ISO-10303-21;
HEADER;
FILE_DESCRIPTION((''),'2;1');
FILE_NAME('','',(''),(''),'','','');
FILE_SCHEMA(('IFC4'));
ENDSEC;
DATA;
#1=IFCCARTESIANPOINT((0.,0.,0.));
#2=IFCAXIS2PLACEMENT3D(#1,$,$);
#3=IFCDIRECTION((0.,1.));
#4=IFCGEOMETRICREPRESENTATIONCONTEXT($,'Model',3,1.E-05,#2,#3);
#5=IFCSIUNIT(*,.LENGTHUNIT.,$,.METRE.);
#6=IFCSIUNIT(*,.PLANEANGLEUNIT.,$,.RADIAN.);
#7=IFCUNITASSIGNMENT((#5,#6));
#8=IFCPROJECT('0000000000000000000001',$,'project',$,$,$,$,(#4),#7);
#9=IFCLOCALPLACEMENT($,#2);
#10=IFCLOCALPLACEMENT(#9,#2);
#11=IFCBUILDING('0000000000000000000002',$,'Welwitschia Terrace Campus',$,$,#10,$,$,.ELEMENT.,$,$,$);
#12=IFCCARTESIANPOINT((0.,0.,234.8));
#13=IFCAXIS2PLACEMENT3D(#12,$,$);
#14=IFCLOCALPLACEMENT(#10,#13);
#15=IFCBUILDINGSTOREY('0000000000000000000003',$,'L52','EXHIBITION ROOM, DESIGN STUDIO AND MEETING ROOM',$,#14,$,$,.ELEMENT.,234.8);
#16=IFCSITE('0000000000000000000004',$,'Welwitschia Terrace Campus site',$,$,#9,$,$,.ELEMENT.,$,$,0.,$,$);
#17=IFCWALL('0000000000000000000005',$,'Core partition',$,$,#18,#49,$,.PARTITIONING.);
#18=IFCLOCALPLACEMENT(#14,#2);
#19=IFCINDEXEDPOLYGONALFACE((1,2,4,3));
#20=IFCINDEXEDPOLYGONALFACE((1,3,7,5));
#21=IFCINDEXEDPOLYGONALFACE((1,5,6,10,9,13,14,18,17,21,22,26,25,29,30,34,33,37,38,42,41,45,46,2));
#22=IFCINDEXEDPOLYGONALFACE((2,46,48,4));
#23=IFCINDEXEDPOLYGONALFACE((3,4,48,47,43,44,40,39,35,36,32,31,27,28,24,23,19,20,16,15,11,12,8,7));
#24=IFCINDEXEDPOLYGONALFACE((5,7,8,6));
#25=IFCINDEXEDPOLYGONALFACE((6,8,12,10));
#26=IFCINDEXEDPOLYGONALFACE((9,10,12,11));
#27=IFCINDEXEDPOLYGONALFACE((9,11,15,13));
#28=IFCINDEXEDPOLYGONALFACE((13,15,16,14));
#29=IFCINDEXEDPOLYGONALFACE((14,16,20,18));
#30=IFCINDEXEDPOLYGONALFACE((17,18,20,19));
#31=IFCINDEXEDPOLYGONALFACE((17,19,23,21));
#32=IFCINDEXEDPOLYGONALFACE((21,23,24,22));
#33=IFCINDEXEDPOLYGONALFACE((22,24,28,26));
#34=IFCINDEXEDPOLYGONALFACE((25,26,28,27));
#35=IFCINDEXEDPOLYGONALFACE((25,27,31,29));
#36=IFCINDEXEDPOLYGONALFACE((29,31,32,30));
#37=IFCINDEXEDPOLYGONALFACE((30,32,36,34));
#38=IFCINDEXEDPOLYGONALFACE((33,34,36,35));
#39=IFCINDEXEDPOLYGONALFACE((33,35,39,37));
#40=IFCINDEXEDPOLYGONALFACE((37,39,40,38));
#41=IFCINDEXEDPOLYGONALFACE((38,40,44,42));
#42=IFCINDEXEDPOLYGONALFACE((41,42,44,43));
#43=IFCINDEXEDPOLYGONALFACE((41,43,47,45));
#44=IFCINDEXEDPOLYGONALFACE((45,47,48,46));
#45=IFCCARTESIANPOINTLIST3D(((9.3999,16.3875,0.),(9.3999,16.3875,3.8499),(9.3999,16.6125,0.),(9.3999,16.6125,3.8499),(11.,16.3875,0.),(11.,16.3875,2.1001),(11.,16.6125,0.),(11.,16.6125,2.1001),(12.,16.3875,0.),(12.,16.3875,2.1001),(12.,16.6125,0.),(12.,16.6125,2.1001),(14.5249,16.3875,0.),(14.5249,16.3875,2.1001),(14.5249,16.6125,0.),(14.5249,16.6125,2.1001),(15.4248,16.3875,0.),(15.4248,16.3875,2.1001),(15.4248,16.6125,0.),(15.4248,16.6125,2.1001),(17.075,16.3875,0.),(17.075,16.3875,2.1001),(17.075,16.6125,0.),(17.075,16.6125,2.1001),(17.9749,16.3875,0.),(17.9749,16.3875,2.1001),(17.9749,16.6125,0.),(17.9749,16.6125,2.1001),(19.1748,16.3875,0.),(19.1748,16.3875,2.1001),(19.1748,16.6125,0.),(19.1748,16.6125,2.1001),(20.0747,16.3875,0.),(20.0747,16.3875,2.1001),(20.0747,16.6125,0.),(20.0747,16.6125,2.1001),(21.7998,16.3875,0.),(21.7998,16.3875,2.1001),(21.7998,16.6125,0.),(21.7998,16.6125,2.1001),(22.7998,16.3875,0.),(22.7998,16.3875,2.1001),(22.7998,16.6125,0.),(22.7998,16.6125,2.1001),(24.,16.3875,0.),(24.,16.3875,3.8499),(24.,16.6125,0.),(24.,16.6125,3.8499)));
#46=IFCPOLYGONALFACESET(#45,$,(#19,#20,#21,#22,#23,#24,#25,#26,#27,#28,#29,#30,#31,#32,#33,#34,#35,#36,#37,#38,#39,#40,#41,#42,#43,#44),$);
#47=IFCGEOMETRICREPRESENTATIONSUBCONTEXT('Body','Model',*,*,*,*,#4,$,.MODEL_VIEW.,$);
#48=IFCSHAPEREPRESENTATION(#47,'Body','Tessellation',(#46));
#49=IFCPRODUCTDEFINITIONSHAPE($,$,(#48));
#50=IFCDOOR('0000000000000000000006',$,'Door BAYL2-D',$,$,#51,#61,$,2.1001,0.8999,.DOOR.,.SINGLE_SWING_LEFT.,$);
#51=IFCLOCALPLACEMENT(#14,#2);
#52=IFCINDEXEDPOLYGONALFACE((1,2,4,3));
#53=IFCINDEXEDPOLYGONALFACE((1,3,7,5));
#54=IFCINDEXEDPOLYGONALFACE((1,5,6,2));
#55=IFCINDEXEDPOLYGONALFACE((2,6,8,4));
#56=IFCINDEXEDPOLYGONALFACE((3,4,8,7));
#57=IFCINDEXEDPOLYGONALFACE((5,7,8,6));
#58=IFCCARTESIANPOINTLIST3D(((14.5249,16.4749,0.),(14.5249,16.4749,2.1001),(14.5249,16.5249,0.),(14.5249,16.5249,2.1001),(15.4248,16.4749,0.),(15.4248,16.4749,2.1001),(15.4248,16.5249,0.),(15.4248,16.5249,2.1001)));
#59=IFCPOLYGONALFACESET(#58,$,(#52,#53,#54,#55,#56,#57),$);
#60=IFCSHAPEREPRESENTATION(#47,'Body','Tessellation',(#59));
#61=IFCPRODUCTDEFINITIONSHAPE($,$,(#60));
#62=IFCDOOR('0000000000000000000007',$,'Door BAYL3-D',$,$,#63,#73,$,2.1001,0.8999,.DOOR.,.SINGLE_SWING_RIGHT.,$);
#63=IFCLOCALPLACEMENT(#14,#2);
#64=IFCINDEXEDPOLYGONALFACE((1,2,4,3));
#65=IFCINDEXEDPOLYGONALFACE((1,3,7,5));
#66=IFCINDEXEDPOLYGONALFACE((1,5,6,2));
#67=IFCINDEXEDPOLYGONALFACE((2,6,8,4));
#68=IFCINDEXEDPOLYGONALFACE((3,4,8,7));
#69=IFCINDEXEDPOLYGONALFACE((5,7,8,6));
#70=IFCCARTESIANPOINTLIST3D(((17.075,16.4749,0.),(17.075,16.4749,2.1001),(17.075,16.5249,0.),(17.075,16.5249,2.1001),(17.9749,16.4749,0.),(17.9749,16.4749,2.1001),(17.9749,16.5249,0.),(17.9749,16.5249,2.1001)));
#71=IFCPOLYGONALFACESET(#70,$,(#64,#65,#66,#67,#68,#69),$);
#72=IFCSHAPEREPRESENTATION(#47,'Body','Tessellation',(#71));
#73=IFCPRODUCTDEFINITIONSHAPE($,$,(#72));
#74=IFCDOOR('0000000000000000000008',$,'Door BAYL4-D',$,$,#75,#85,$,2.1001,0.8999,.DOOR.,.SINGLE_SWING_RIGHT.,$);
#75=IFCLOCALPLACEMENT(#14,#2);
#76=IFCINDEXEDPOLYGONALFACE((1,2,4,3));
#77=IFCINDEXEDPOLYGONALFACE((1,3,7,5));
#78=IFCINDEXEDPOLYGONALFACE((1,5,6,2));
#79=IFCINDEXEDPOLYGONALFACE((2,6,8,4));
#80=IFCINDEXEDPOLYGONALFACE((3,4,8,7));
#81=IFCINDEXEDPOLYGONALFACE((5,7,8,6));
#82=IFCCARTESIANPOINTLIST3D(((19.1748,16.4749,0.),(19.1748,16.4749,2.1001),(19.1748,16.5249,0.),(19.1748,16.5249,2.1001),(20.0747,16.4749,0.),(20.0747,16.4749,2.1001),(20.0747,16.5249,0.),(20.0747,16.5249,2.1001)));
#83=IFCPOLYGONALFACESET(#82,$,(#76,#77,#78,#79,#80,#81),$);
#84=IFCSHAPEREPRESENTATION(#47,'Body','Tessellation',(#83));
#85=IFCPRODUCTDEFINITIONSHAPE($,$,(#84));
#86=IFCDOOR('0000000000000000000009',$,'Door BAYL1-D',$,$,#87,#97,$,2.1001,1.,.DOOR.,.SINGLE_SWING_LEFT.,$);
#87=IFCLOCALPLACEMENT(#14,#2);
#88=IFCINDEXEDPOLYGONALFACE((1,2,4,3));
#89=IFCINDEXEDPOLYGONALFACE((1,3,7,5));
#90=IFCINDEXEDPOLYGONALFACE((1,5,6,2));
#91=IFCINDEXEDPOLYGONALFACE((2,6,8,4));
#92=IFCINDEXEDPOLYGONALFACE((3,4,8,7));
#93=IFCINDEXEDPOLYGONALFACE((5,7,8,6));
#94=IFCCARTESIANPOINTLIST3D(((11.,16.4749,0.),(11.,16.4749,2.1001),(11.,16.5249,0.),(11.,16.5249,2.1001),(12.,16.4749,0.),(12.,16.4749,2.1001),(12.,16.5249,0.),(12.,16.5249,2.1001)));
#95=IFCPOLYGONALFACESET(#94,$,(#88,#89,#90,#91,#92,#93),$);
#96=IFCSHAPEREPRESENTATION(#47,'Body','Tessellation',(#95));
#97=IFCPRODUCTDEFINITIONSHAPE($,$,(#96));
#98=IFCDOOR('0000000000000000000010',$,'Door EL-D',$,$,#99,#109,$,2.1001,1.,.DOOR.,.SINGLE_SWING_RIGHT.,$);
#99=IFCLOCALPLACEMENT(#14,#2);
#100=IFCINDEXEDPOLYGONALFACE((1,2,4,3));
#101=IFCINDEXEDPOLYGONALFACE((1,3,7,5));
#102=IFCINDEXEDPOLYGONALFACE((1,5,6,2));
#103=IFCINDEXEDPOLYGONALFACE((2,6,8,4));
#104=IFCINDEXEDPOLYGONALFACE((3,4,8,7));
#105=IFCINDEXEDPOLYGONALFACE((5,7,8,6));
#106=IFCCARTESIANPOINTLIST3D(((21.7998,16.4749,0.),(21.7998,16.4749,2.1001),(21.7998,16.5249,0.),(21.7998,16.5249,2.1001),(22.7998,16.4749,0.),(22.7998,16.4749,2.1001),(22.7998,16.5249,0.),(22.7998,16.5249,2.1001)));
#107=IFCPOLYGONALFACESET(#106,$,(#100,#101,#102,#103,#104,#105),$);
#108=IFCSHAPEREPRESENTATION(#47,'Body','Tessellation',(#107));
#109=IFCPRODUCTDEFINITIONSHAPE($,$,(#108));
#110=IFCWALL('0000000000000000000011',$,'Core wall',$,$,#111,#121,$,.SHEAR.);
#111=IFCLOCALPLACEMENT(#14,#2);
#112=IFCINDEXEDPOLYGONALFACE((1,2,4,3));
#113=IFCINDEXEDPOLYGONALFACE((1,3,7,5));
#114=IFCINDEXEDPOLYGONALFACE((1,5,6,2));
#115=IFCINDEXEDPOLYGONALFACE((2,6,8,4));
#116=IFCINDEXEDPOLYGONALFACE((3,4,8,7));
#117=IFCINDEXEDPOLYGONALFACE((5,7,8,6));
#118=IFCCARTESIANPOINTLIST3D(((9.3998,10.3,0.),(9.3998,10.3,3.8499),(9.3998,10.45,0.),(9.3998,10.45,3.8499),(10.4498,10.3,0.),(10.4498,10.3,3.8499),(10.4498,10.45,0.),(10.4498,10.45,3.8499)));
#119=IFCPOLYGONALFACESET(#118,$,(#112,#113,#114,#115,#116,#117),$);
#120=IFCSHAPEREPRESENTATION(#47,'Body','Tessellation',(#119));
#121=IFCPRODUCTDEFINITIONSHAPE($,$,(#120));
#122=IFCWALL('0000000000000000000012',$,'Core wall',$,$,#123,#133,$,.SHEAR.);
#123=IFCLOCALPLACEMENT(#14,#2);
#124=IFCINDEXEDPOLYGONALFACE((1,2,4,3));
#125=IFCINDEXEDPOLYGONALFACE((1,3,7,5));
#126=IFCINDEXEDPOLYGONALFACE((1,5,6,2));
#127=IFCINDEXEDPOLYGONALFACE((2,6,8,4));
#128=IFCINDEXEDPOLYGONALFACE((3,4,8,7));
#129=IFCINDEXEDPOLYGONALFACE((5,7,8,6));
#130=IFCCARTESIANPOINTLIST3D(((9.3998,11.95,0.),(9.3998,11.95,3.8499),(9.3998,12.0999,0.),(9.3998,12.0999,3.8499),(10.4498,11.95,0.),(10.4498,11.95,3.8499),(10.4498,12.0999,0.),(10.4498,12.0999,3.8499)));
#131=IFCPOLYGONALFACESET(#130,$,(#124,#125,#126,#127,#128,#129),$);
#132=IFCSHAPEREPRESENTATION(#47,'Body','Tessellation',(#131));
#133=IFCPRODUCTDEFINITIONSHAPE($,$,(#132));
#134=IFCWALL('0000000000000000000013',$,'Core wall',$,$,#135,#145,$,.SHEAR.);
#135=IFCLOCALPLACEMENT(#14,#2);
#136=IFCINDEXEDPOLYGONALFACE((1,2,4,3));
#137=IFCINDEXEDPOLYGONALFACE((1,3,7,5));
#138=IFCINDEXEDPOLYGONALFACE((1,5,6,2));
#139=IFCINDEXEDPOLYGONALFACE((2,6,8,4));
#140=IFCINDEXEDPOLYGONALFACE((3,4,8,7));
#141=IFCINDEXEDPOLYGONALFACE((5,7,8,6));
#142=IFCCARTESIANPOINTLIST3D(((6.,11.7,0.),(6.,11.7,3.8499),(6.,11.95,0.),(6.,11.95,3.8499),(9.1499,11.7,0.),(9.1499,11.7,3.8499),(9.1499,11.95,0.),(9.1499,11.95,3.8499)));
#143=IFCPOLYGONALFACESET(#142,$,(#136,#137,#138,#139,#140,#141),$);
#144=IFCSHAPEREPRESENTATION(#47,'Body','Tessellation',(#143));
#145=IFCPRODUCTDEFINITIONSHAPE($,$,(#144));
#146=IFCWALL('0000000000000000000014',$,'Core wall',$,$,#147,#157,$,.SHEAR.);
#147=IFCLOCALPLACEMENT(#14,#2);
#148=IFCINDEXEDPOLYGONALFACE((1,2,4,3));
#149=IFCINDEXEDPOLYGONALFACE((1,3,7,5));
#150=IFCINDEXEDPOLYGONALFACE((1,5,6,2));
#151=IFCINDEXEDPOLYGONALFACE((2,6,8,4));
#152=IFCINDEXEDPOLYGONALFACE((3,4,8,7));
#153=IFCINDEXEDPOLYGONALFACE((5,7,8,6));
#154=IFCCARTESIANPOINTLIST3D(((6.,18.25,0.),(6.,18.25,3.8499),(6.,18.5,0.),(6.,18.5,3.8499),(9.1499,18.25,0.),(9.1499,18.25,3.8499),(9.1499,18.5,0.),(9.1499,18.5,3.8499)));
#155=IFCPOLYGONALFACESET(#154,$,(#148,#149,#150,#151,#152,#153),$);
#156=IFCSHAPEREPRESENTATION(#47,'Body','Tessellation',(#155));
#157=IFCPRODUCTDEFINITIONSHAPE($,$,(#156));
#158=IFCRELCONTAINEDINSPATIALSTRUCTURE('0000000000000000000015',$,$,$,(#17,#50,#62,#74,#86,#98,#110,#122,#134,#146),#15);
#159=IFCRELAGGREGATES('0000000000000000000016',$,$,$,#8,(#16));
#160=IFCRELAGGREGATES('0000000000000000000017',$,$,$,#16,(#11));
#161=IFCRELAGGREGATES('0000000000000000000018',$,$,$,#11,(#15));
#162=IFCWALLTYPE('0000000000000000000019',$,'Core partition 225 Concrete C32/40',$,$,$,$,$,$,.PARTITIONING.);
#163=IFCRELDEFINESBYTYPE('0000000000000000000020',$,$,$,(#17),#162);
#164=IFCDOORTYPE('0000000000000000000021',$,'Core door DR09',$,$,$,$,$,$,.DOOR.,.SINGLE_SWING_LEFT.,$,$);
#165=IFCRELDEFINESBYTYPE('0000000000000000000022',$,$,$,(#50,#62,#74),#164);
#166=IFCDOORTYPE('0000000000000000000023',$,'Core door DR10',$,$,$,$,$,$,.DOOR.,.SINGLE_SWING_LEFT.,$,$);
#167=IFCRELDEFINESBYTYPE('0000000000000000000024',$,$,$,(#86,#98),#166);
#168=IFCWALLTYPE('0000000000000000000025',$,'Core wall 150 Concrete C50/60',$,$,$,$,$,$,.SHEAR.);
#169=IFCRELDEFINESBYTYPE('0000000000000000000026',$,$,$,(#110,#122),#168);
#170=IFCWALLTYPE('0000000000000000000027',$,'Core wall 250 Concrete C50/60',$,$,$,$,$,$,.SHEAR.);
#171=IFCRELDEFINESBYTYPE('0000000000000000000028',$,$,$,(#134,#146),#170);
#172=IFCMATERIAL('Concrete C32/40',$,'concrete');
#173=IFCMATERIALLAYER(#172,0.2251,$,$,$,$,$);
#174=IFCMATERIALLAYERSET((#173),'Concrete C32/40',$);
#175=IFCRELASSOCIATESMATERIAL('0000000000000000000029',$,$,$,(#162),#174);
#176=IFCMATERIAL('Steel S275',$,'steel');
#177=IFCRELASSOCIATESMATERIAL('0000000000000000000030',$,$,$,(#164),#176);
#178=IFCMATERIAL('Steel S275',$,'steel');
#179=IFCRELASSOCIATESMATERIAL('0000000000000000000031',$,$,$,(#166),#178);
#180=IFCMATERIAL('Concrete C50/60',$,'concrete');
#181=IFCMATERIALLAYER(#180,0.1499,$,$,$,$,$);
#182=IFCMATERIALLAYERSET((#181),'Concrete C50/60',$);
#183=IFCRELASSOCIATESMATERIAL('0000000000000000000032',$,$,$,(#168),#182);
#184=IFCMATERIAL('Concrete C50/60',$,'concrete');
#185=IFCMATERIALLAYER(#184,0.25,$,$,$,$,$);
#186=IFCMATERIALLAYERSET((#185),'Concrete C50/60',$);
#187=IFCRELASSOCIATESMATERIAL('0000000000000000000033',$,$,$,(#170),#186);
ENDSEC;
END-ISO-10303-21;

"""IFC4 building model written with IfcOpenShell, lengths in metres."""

from ifc_helpers import new_model, si_unit, direction, frame, frame_2d, origin, place, context, subcontext, project, spatial, rectangle, extrude, material, layer, layer_set, type_object, element, fill, save


model = new_model("IFC4")

# Units and contexts
model_context = context("Model", 3, precision=1e-05, world=origin(), true_north=direction((0.0, 1.0)))
body_context = subcontext(model_context, "Body", "Model", "MODEL_VIEW")
ifc_project = project(units=[si_unit("LENGTHUNIT", "METRE"), si_unit("PLANEANGLEUNIT", "RADIAN")], contexts=[model_context])

# Site, building, storey
site_placement = place(None, origin())
site = spatial("IfcSite", under=ifc_project, at=site_placement, Name="Welwitschia Terrace Campus site", CompositionType="ELEMENT", RefElevation=0.0)
building_placement = place(site_placement, origin())
building = spatial("IfcBuilding", under=site, at=building_placement, Name="Welwitschia Terrace Campus", CompositionType="ELEMENT")
storey_placement = place(building_placement, frame((0.0, 0.0, 234.8)))
storey = spatial("IfcBuildingStorey", under=building, at=storey_placement, Name="L52", Description="EXHIBITION ROOM, DESIGN STUDIO AND MEETING ROOM", CompositionType="ELEMENT", Elevation=234.8)

# Shared definitions
ifc_material_1 = material(Name="Concrete C32/40", Category="concrete")
ifc_layer_1 = layer(ifc_material_1, 0.2251)
ifc_layer_set_1 = layer_set([ifc_layer_1], Name="Concrete C32/40")
wall_type_1 = type_object("IfcWallType", Name="Core partition 225 Concrete C32/40", PredefinedType="PARTITIONING", material=ifc_layer_set_1)

# Wall, openings, doors
wall_1_placement = place(storey_placement, frame((9.3999, 16.5, 0.0), z_axis=(0.0, 0.0, 1.0), x_axis=(1.0, 0.0, 0.0)))
wall_1 = element("IfcWall", 1, at=wall_1_placement, inside=storey, type_object=wall_type_1, Name="Core partition", PredefinedType="PARTITIONING", context=body_context, shape_type="SweptSolid", body=[
    extrude(rectangle(XDim=14.6001, YDim=0.2251, at=frame_2d((7.3, 0.0))), origin(), (0.0, 0.0, 1.0), 3.8499),
])
opening_1_placement = place(wall_1_placement, frame((1.6001, 0.0, 0.0)))
opening_1 = element("IfcOpeningElement", 2, at=opening_1_placement, cuts=wall_1, PredefinedType="OPENING", context=body_context, shape_type="SweptSolid", body=[
    extrude(rectangle(XDim=1.0, YDim=2.1001, at=frame_2d((0.5, 1.05))), frame((0.0, 0.1226, 0.0), z_axis=(0.0, -1.0, 0.0), x_axis=(1.0, 0.0, 0.0)), (0.0, 0.0, 1.0), 0.2451),
])
opening_2_placement = place(wall_1_placement, frame((5.125, 0.0, 0.0)))
opening_2 = element("IfcOpeningElement", 3, at=opening_2_placement, cuts=wall_1, PredefinedType="OPENING", context=body_context, shape_type="SweptSolid", body=[
    extrude(rectangle(XDim=0.8999, YDim=2.1001, at=frame_2d((0.45, 1.05))), frame((0.0, 0.1226, 0.0), z_axis=(0.0, -1.0, 0.0), x_axis=(1.0, 0.0, 0.0)), (0.0, 0.0, 1.0), 0.2451),
])
opening_3_placement = place(wall_1_placement, frame((7.675, 0.0, 0.0)))
opening_3 = element("IfcOpeningElement", 4, at=opening_3_placement, cuts=wall_1, PredefinedType="OPENING", context=body_context, shape_type="SweptSolid", body=[
    extrude(rectangle(XDim=0.8999, YDim=2.1001, at=frame_2d((0.45, 1.05))), frame((0.0, 0.1226, 0.0), z_axis=(0.0, -1.0, 0.0), x_axis=(1.0, 0.0, 0.0)), (0.0, 0.0, 1.0), 0.2451),
])
opening_4_placement = place(wall_1_placement, frame((9.7749, 0.0, 0.0)))
opening_4 = element("IfcOpeningElement", 5, at=opening_4_placement, cuts=wall_1, PredefinedType="OPENING", context=body_context, shape_type="SweptSolid", body=[
    extrude(rectangle(XDim=0.8999, YDim=2.1001, at=frame_2d((0.45, 1.05))), frame((0.0, 0.1226, 0.0), z_axis=(0.0, -1.0, 0.0), x_axis=(1.0, 0.0, 0.0)), (0.0, 0.0, 1.0), 0.2451),
])
opening_5_placement = place(wall_1_placement, frame((12.3999, 0.0, 0.0)))
opening_5 = element("IfcOpeningElement", 6, at=opening_5_placement, cuts=wall_1, PredefinedType="OPENING", context=body_context, shape_type="SweptSolid", body=[
    extrude(rectangle(XDim=1.0, YDim=2.1001, at=frame_2d((0.5, 1.05))), frame((0.0, 0.1226, 0.0), z_axis=(0.0, -1.0, 0.0), x_axis=(1.0, 0.0, 0.0)), (0.0, 0.0, 1.0), 0.2451),
])
ifc_material_2 = material(Name="Steel S275", Category="steel")
door_type_1 = type_object("IfcDoorType", Name="Core door DR09", OperationType="SINGLE_SWING_LEFT", PredefinedType="DOOR", material=ifc_material_2)
door_1_placement = place(opening_2_placement, origin())
door_1 = element("IfcDoor", 7, at=door_1_placement, inside=storey, type_object=door_type_1, Name="Door BAYL2-D", OperationType="SINGLE_SWING_LEFT", OverallHeight=2.1001, OverallWidth=0.8999, PredefinedType="DOOR", context=body_context, shape_type="SweptSolid", body=[
    extrude(rectangle(XDim=0.8999, YDim=2.1001, at=frame_2d((0.45, 1.05))), frame((0.0, 0.0249, 0.0), z_axis=(0.0, -1.0, 0.0), x_axis=(1.0, 0.0, 0.0)), (0.0, 0.0, 1.0), 0.05),
])
fill(opening_2, door_1)
door_2_placement = place(opening_3_placement, origin())
door_2 = element("IfcDoor", 8, at=door_2_placement, inside=storey, type_object=door_type_1, Name="Door BAYL3-D", OperationType="SINGLE_SWING_RIGHT", OverallHeight=2.1001, OverallWidth=0.8999, PredefinedType="DOOR", context=body_context, shape_type="SweptSolid", body=[
    extrude(rectangle(XDim=0.8999, YDim=2.1001, at=frame_2d((0.45, 1.05))), frame((0.0, 0.0249, 0.0), z_axis=(0.0, -1.0, 0.0), x_axis=(1.0, 0.0, 0.0)), (0.0, 0.0, 1.0), 0.05),
])
fill(opening_3, door_2)
door_3_placement = place(opening_4_placement, origin())
door_3 = element("IfcDoor", 9, at=door_3_placement, inside=storey, type_object=door_type_1, Name="Door BAYL4-D", OperationType="SINGLE_SWING_RIGHT", OverallHeight=2.1001, OverallWidth=0.8999, PredefinedType="DOOR", context=body_context, shape_type="SweptSolid", body=[
    extrude(rectangle(XDim=0.8999, YDim=2.1001, at=frame_2d((0.45, 1.05))), frame((0.0, 0.0249, 0.0), z_axis=(0.0, -1.0, 0.0), x_axis=(1.0, 0.0, 0.0)), (0.0, 0.0, 1.0), 0.05),
])
fill(opening_4, door_3)
ifc_material_3 = material(Name="Steel S275", Category="steel")
door_type_2 = type_object("IfcDoorType", Name="Core door DR10", OperationType="SINGLE_SWING_LEFT", PredefinedType="DOOR", material=ifc_material_3)
door_4_placement = place(opening_1_placement, origin())
door_4 = element("IfcDoor", 10, at=door_4_placement, inside=storey, type_object=door_type_2, Name="Door BAYL1-D", OperationType="SINGLE_SWING_LEFT", OverallHeight=2.1001, OverallWidth=1.0, PredefinedType="DOOR", context=body_context, shape_type="SweptSolid", body=[
    extrude(rectangle(XDim=1.0, YDim=2.1001, at=frame_2d((0.5, 1.05))), frame((0.0, 0.0249, 0.0), z_axis=(0.0, -1.0, 0.0), x_axis=(1.0, 0.0, 0.0)), (0.0, 0.0, 1.0), 0.05),
])
fill(opening_1, door_4)
door_5_placement = place(opening_5_placement, origin())
door_5 = element("IfcDoor", 11, at=door_5_placement, inside=storey, type_object=door_type_2, Name="Door EL-D", OperationType="SINGLE_SWING_RIGHT", OverallHeight=2.1001, OverallWidth=1.0, PredefinedType="DOOR", context=body_context, shape_type="SweptSolid", body=[
    extrude(rectangle(XDim=1.0, YDim=2.1001, at=frame_2d((0.5, 1.05))), frame((0.0, 0.0249, 0.0), z_axis=(0.0, -1.0, 0.0), x_axis=(1.0, 0.0, 0.0)), (0.0, 0.0, 1.0), 0.05),
])
fill(opening_5, door_5)

# Walls
ifc_material_4 = material(Name="Concrete C50/60", Category="concrete")
ifc_layer_2 = layer(ifc_material_4, 0.1499)
ifc_layer_set_2 = layer_set([ifc_layer_2], Name="Concrete C50/60")
wall_type_2 = type_object("IfcWallType", Name="Core wall 150 Concrete C50/60", PredefinedType="SHEAR", material=ifc_layer_set_2)
for number, where, z_axis, x_axis, name in (
    (12, (9.3999, 10.375, 0.0), (0.0, 0.0, 1.0), (1.0, 0.0, 0.0), "Core wall"),
    (13, (9.3999, 12.0249, 0.0), (0.0, 0.0, 1.0), (1.0, 0.0, 0.0), "Core wall"),
):
    element("IfcWall", number, at=place(storey_placement, frame(where, z_axis=z_axis, x_axis=x_axis)), inside=storey, type_object=wall_type_2, Name=name, PredefinedType="SHEAR", context=body_context, shape_type="SweptSolid", body=[
        extrude(rectangle(XDim=1.05, YDim=0.1499, at=frame_2d((0.5249, 0.0))), origin(), (0.0, 0.0, 1.0), 3.8499),
    ])
ifc_material_5 = material(Name="Concrete C50/60", Category="concrete")
ifc_layer_3 = layer(ifc_material_5, 0.25)
ifc_layer_set_3 = layer_set([ifc_layer_3], Name="Concrete C50/60")
wall_type_3 = type_object("IfcWallType", Name="Core wall 250 Concrete C50/60", PredefinedType="SHEAR", material=ifc_layer_set_3)
for number, where, z_axis, x_axis, name in (
    (14, (6.0, 11.825, 0.0), (0.0, 0.0, 1.0), (1.0, 0.0, 0.0), "Core wall"),
    (15, (6.0, 18.375, 0.0), (0.0, 0.0, 1.0), (1.0, 0.0, 0.0), "Core wall"),
):
    element("IfcWall", number, at=place(storey_placement, frame(where, z_axis=z_axis, x_axis=x_axis)), inside=storey, type_object=wall_type_3, Name=name, PredefinedType="SHEAR", context=body_context, shape_type="SweptSolid", body=[
        extrude(rectangle(XDim=3.1499, YDim=0.25, at=frame_2d((1.575, 0.0))), origin(), (0.0, 0.0, 1.0), 3.8499),
    ])

save(model, "model.ifc")
